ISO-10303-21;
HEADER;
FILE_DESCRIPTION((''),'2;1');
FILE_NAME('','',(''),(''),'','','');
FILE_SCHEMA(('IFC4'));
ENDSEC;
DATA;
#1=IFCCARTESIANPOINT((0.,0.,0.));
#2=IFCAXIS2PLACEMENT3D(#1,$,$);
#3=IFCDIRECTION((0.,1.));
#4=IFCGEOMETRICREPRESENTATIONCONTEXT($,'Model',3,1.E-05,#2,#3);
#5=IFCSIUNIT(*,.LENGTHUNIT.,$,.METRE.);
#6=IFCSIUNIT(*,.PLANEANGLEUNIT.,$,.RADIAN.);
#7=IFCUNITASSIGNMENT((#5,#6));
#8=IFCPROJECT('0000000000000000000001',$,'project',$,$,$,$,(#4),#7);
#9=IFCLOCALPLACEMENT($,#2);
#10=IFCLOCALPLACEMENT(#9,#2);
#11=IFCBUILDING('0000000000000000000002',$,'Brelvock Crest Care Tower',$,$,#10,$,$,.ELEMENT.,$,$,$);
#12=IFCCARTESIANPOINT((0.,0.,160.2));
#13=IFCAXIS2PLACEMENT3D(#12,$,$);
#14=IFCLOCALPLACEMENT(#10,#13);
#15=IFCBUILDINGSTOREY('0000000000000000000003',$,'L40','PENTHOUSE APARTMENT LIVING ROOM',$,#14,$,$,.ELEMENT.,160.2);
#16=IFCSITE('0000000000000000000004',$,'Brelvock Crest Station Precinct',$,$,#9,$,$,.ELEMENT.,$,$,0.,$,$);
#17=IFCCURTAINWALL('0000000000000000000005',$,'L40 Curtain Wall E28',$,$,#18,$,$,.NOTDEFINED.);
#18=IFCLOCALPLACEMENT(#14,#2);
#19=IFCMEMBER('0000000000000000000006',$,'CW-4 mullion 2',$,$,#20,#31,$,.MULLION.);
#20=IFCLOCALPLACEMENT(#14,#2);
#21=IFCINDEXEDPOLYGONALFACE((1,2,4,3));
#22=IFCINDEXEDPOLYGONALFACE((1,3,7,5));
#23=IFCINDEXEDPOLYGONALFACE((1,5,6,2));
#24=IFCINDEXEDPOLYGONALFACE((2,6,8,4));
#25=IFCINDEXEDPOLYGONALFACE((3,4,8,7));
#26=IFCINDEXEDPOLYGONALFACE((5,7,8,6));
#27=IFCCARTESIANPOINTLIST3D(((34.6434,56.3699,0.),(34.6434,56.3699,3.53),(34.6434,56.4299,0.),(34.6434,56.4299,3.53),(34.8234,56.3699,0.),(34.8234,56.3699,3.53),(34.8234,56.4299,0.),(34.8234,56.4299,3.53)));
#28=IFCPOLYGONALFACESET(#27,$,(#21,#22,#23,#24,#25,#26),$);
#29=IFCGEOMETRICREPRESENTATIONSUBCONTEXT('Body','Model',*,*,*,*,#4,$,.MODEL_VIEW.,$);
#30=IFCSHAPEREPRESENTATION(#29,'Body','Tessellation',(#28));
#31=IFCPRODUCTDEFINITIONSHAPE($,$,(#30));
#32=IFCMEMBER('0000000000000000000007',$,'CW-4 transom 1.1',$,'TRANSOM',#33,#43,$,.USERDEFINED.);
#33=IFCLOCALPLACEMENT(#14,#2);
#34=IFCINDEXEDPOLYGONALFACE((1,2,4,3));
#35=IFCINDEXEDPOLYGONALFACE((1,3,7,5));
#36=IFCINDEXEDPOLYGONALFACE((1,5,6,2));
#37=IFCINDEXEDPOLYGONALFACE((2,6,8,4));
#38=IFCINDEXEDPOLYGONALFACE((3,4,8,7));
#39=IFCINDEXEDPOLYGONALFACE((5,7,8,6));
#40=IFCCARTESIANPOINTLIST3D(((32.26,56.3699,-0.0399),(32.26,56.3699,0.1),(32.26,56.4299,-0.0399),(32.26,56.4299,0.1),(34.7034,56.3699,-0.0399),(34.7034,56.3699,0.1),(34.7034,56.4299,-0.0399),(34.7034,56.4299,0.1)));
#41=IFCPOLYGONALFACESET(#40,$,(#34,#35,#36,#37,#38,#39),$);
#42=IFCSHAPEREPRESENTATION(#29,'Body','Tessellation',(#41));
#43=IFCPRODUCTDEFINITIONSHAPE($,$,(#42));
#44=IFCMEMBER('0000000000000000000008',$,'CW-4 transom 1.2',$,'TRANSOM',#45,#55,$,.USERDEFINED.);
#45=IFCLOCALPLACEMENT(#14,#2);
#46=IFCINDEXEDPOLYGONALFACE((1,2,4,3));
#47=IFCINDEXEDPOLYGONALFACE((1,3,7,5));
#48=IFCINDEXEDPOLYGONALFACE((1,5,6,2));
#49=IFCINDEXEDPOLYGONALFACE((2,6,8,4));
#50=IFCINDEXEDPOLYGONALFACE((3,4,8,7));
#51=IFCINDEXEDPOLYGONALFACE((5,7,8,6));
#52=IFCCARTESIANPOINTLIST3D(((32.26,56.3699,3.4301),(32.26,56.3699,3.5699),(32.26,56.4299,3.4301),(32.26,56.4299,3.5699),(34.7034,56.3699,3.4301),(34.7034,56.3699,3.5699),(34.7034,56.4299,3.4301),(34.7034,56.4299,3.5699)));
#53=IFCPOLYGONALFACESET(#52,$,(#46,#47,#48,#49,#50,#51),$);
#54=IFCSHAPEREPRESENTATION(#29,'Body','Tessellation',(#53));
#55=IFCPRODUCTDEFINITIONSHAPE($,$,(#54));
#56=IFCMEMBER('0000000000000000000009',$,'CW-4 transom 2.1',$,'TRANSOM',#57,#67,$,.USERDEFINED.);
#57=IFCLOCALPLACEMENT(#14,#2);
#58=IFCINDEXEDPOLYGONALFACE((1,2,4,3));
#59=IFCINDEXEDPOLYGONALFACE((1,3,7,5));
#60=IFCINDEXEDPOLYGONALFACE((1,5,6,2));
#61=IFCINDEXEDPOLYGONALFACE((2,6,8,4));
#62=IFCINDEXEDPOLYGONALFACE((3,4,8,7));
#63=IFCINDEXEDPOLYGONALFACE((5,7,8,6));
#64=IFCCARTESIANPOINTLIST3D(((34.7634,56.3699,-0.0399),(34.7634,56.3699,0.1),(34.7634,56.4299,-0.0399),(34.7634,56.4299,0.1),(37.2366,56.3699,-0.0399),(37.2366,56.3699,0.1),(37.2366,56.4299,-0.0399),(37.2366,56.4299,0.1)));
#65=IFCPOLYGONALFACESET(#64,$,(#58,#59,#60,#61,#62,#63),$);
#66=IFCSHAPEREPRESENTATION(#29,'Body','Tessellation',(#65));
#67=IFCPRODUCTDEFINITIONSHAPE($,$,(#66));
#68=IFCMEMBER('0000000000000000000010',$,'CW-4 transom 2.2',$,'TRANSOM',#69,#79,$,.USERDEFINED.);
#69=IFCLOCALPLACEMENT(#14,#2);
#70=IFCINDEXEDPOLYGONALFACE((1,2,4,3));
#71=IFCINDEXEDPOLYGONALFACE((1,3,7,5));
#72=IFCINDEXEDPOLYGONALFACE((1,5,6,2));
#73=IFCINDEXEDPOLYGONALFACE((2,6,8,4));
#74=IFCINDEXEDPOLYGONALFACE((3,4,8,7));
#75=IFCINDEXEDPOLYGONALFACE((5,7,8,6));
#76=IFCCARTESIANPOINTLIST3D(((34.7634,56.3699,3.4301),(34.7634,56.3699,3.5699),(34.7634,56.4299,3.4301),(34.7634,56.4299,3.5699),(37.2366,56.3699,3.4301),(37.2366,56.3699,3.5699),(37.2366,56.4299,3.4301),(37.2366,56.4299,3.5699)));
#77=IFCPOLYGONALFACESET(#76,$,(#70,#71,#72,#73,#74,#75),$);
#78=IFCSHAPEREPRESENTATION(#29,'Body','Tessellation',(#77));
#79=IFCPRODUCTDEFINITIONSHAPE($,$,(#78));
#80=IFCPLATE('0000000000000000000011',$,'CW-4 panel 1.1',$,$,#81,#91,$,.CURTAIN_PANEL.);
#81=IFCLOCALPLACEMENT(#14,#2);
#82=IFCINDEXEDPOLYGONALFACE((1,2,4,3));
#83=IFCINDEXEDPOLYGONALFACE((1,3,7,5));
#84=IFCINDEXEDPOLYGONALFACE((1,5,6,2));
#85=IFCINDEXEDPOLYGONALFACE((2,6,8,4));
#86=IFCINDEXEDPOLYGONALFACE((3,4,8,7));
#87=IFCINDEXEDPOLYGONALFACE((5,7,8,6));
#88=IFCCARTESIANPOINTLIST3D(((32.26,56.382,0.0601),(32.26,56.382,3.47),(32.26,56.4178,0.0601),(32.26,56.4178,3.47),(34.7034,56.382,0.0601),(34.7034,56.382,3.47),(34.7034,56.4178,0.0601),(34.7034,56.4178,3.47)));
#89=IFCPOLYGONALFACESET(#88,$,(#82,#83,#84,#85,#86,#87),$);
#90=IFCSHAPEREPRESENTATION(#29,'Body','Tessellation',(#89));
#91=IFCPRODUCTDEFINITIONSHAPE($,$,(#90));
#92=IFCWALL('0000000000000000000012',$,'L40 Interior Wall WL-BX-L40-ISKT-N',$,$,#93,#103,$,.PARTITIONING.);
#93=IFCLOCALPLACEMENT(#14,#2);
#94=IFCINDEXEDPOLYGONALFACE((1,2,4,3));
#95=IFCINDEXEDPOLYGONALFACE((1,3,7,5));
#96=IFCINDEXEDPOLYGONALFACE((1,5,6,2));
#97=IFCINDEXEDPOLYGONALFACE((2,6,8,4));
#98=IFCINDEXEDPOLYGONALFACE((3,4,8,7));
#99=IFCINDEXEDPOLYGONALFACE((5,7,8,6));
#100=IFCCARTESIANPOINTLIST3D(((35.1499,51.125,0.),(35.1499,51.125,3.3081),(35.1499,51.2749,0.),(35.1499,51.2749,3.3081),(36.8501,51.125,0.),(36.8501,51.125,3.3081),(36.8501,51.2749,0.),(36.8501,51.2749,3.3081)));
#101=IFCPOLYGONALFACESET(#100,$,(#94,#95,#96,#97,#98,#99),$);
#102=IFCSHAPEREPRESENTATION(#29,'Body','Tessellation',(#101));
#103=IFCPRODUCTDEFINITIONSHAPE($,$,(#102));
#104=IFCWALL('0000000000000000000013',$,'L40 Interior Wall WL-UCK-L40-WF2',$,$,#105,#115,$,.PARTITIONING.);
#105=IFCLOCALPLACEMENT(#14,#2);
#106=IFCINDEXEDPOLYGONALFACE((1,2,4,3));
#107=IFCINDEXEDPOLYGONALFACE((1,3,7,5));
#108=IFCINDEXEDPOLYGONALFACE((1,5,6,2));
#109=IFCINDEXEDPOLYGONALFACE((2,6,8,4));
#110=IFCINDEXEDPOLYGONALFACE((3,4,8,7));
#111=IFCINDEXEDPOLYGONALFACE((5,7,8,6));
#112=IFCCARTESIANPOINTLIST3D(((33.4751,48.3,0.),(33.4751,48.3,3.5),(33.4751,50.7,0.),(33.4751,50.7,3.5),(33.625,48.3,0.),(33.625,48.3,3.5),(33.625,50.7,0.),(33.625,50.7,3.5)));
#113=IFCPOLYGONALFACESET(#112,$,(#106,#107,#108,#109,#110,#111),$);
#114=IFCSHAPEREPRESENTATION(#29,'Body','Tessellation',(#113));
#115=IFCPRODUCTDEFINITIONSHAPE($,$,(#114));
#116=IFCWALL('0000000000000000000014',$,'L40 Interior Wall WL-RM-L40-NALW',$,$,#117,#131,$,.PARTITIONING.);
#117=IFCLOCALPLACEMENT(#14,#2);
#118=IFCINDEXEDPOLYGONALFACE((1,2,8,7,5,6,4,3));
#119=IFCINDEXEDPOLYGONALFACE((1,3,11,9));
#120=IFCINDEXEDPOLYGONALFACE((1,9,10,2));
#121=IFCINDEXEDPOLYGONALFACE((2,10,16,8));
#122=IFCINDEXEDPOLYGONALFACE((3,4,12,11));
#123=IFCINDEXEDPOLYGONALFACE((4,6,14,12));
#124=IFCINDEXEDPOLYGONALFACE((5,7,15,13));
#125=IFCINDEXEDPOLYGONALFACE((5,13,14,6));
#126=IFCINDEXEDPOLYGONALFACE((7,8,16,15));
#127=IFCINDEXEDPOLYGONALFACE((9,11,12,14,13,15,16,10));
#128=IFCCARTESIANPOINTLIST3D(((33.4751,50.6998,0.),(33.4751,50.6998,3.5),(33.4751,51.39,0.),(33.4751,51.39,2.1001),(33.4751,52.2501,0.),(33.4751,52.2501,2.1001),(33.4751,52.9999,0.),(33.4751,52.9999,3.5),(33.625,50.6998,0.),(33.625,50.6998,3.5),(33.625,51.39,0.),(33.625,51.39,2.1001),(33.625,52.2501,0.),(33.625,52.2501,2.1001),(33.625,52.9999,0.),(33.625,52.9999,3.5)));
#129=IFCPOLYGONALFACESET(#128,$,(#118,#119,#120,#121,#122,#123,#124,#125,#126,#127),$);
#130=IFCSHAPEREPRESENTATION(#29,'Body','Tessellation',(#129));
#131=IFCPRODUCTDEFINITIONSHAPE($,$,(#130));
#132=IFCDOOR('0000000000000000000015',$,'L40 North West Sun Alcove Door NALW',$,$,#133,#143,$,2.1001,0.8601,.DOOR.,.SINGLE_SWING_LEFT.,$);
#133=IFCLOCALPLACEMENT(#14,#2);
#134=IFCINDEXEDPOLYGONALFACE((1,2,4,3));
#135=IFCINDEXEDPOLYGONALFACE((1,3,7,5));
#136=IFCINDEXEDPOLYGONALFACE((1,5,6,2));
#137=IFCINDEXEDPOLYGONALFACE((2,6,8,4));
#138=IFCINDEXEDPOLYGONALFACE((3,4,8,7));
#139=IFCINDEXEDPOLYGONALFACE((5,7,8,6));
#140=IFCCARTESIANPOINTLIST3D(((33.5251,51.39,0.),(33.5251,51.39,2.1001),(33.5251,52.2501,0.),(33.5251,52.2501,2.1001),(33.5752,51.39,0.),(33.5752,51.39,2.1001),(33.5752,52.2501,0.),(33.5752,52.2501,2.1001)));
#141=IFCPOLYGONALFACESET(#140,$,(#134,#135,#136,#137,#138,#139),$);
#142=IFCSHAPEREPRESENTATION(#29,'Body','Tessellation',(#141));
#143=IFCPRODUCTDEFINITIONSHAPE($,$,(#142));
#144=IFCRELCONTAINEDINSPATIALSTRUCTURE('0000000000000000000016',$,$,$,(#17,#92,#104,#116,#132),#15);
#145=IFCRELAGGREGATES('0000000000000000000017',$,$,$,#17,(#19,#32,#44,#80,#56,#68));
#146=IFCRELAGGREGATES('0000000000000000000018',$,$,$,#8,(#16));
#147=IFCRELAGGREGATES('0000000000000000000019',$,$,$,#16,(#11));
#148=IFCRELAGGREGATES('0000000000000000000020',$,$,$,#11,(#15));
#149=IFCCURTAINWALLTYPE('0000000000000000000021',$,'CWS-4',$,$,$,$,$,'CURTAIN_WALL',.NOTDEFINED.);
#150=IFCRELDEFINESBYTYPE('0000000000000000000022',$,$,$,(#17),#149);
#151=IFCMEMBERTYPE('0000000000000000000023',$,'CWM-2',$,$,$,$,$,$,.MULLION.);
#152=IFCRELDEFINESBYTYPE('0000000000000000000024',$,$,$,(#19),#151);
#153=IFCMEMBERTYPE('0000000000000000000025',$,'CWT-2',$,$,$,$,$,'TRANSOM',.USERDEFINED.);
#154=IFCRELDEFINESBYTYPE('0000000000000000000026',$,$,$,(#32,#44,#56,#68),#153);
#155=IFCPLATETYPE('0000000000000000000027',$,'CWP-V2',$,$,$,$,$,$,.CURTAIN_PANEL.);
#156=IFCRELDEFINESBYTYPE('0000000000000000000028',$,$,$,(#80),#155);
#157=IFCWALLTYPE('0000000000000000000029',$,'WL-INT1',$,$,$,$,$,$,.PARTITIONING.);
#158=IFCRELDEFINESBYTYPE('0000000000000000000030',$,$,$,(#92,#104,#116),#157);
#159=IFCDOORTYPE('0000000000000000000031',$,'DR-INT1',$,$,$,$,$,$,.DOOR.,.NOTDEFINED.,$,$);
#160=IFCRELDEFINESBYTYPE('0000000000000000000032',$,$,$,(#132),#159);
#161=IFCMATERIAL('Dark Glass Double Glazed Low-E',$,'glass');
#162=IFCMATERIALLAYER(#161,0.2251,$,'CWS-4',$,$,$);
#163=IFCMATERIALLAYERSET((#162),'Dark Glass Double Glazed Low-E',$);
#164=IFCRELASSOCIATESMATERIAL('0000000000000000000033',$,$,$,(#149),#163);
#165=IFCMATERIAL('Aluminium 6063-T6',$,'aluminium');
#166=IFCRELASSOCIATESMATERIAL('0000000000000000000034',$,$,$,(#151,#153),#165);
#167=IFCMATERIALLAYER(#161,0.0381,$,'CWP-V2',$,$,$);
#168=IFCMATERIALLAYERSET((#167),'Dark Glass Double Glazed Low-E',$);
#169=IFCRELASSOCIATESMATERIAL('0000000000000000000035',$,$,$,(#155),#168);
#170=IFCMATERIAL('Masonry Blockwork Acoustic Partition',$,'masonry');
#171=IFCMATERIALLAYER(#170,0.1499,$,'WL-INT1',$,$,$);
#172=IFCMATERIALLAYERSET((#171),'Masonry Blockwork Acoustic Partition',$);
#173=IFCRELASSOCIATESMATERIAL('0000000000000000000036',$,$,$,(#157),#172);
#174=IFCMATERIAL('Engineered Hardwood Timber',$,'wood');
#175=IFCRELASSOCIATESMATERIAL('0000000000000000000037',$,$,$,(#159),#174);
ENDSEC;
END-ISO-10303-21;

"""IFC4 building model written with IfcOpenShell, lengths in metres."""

from ifc_helpers import new_model, si_unit, direction, frame, frame_2d, origin, origin_2d, place, context, subcontext, project, spatial, rectangle, extrude, source, transform, mapped, material, layer, layer_set, material_profile, profile_set, type_object, element, fill, aggregate, save


model = new_model("IFC4")

# Units and contexts
model_context = context("Model", 3, precision=1e-05, world=origin(), true_north=direction((0.0, 1.0)))
body_context = subcontext(model_context, "Body", "Model", "MODEL_VIEW")
ifc_project = project(units=[si_unit("LENGTHUNIT", "METRE"), si_unit("PLANEANGLEUNIT", "RADIAN")], contexts=[model_context])

# Site, building, storey
site_placement = place(None, origin())
site = spatial("IfcSite", under=ifc_project, at=site_placement, Name="Brelvock Crest Station Precinct", CompositionType="ELEMENT", RefElevation=0.0)
building_placement = place(site_placement, origin())
building = spatial("IfcBuilding", under=site, at=building_placement, Name="Brelvock Crest Care Tower", CompositionType="ELEMENT")
storey_placement = place(building_placement, frame((0.0, 0.0, 160.2)))
storey = spatial("IfcBuildingStorey", under=building, at=storey_placement, Name="L40", Description="PENTHOUSE APARTMENT LIVING ROOM", CompositionType="ELEMENT", Elevation=160.2)

# Curtain wall, members, plate
ifc_material_1 = material(Name="Dark Glass Double Glazed Low-E", Category="glass")
ifc_layer_1 = layer(ifc_material_1, 0.2251, Name="CWS-4")
ifc_layer_set_1 = layer_set([ifc_layer_1], Name="Dark Glass Double Glazed Low-E")
curtain_wall_type = type_object("IfcCurtainWallType", Name="CWS-4", ElementType="CURTAIN_WALL", PredefinedType="NOTDEFINED", material=ifc_layer_set_1)
curtain_wall_placement = place(storey_placement, origin())
curtain_wall = element("IfcCurtainWall", 1, at=curtain_wall_placement, inside=storey, type_object=curtain_wall_type, Name="L40 Curtain Wall E28", PredefinedType="NOTDEFINED")
ifc_material_2 = material(Name="Aluminium 6063-T6", Category="aluminium")
ifc_material_profile_1 = material_profile(ifc_material_2, rectangle(XDim=0.0601, YDim=0.1799, at=origin_2d()), Name="ALU60x180")
ifc_profile_set_1 = profile_set([ifc_material_profile_1], Name="Aluminium 6063-T6")
member_type_1 = type_object("IfcMemberType", Name="CWM-2", PredefinedType="MULLION", material=ifc_profile_set_1)
shared_shape_1 = source(origin(), body_context, "Body", "SweptSolid", [
    extrude(rectangle(XDim=0.0601, YDim=0.1799, at=origin_2d()), origin(), (0.0, 0.0, 1.0), 3.53),
])
member_1_placement = place(storey_placement, frame((34.7334, 56.3999, 0.0), z_axis=(0.0, 0.0, 1.0), x_axis=(0.0, 1.0, 0.0)))
member_1 = element("IfcMember", 2, at=member_1_placement, type_object=member_type_1, Name="CW-4 mullion 2", PredefinedType="MULLION", context=body_context, shape_type="MappedRepresentation", body=[
    mapped(shared_shape_1, transform((0.0, 0.0, 0.0), x_axis=(1.0, 0.0, 0.0), y_axis=(0.0, 1.0, 0.0), z_axis=(0.0, 0.0, 1.0), scale=1.0)),
])
ifc_material_profile_2 = material_profile(ifc_material_2, rectangle(XDim=0.0601, YDim=0.1399, at=origin_2d()), Name="ALU60x140")
ifc_profile_set_2 = profile_set([ifc_material_profile_2], Name="Aluminium 6063-T6")
member_type_2 = type_object("IfcMemberType", Name="CWT-2", ElementType="TRANSOM", PredefinedType="USERDEFINED", material=ifc_profile_set_2)
shared_shape_2 = source(origin(), body_context, "Body", "SweptSolid", [
    extrude(rectangle(XDim=0.0601, YDim=0.1399, at=origin_2d()), origin(), (0.0, 0.0, 1.0), 2.4434),
])
member_2_placement = place(storey_placement, frame((32.26, 56.3999, 0.03), z_axis=(1.0, 0.0, 0.0), x_axis=(0.0, 1.0, 0.0)))
member_2 = element("IfcMember", 3, at=member_2_placement, type_object=member_type_2, Name="CW-4 transom 1.1", ObjectType="TRANSOM", PredefinedType="USERDEFINED", context=body_context, shape_type="MappedRepresentation", body=[
    mapped(shared_shape_2, transform((0.0, 0.0, 0.0), x_axis=(1.0, 0.0, 0.0), y_axis=(0.0, 1.0, 0.0), z_axis=(0.0, 0.0, 1.0), scale=1.0)),
])
member_3_placement = place(storey_placement, frame((32.26, 56.3999, 3.5), z_axis=(1.0, 0.0, 0.0), x_axis=(0.0, 1.0, 0.0)))
member_3 = element("IfcMember", 4, at=member_3_placement, type_object=member_type_2, Name="CW-4 transom 1.2", ObjectType="TRANSOM", PredefinedType="USERDEFINED", context=body_context, shape_type="MappedRepresentation", body=[
    mapped(shared_shape_2, transform((0.0, 0.0, 0.0), x_axis=(1.0, 0.0, 0.0), y_axis=(0.0, 1.0, 0.0), z_axis=(0.0, 0.0, 1.0), scale=1.0)),
])
shared_shape_3 = source(origin(), body_context, "Body", "SweptSolid", [
    extrude(rectangle(XDim=0.0601, YDim=0.1399, at=origin_2d()), origin(), (0.0, 0.0, 1.0), 2.4731),
])
member_4_placement = place(storey_placement, frame((34.7634, 56.3999, 0.03), z_axis=(1.0, 0.0, 0.0), x_axis=(0.0, 1.0, 0.0)))
member_4 = element("IfcMember", 5, at=member_4_placement, type_object=member_type_2, Name="CW-4 transom 2.1", ObjectType="TRANSOM", PredefinedType="USERDEFINED", context=body_context, shape_type="MappedRepresentation", body=[
    mapped(shared_shape_3, transform((0.0, 0.0, 0.0), x_axis=(1.0, 0.0, 0.0), y_axis=(0.0, 1.0, 0.0), z_axis=(0.0, 0.0, 1.0), scale=1.0)),
])
member_5_placement = place(storey_placement, frame((34.7634, 56.3999, 3.5), z_axis=(1.0, 0.0, 0.0), x_axis=(0.0, 1.0, 0.0)))
member_5 = element("IfcMember", 6, at=member_5_placement, type_object=member_type_2, Name="CW-4 transom 2.2", ObjectType="TRANSOM", PredefinedType="USERDEFINED", context=body_context, shape_type="MappedRepresentation", body=[
    mapped(shared_shape_3, transform((0.0, 0.0, 0.0), x_axis=(1.0, 0.0, 0.0), y_axis=(0.0, 1.0, 0.0), z_axis=(0.0, 0.0, 1.0), scale=1.0)),
])
ifc_layer_2 = layer(ifc_material_1, 0.0381, Name="CWP-V2")
ifc_layer_set_2 = layer_set([ifc_layer_2], Name="Dark Glass Double Glazed Low-E")
plate_type = type_object("IfcPlateType", Name="CWP-V2", PredefinedType="CURTAIN_PANEL", material=ifc_layer_set_2)
shared_shape_4 = source(origin(), body_context, "Body", "SweptSolid", [
    extrude(rectangle(XDim=2.4434, YDim=0.0359, at=origin_2d()), origin(), (0.0, 0.0, 1.0), 3.4099),
])
plate_placement = place(storey_placement, frame((33.4817, 56.3999, 0.0601), z_axis=(0.0, 0.0, 1.0), x_axis=(1.0, 0.0, 0.0)))
plate = element("IfcPlate", 7, at=plate_placement, type_object=plate_type, Name="CW-4 panel 1.1", PredefinedType="CURTAIN_PANEL", context=body_context, shape_type="MappedRepresentation", body=[
    mapped(shared_shape_4, transform((0.0, 0.0, 0.0), x_axis=(1.0, 0.0, 0.0), y_axis=(0.0, 1.0, 0.0), z_axis=(0.0, 0.0, 1.0), scale=1.0)),
])
aggregate(curtain_wall, [member_1, member_2, member_3, plate, member_4, member_5])

# Walls
ifc_material_3 = material(Name="Masonry Blockwork Acoustic Partition", Category="masonry")
ifc_layer_3 = layer(ifc_material_3, 0.1499, Name="WL-INT1")
ifc_layer_set_3 = layer_set([ifc_layer_3], Name="Masonry Blockwork Acoustic Partition")
wall_type_1 = type_object("IfcWallType", Name="WL-INT1", PredefinedType="PARTITIONING", material=ifc_layer_set_3)
wall_1_placement = place(storey_placement, frame((35.1499, 51.2, 0.0), z_axis=(0.0, 0.0, 1.0), x_axis=(1.0, 0.0, 0.0)))
element("IfcWall", 8, at=wall_1_placement, inside=storey, type_object=wall_type_1, Name="L40 Interior Wall WL-BX-L40-ISKT-N", PredefinedType="PARTITIONING", context=body_context, shape_type="SweptSolid", body=[
    extrude(rectangle(XDim=1.7002, YDim=0.1499, at=frame_2d((0.8501, 0.0))), origin(), (0.0, 0.0, 1.0), 3.3081),
])
wall_2_placement = place(storey_placement, frame((33.55, 48.3, 0.0), z_axis=(0.0, 0.0, 1.0), x_axis=(0.0, 1.0, 0.0)))
element("IfcWall", 9, at=wall_2_placement, inside=storey, type_object=wall_type_1, Name="L40 Interior Wall WL-UCK-L40-WF2", PredefinedType="PARTITIONING", context=body_context, shape_type="SweptSolid", body=[
    extrude(rectangle(XDim=2.3999, YDim=0.1499, at=frame_2d((1.2, 0.0))), origin(), (0.0, 0.0, 1.0), 3.5),
])

# Wall, opening, door
wall_3_placement = place(storey_placement, frame((33.55, 50.7, 0.0), z_axis=(0.0, 0.0, 1.0), x_axis=(0.0, 1.0, 0.0)))
wall_3 = element("IfcWall", 10, at=wall_3_placement, inside=storey, type_object=wall_type_1, Name="L40 Interior Wall WL-RM-L40-NALW", PredefinedType="PARTITIONING", context=body_context, shape_type="SweptSolid", body=[
    extrude(rectangle(XDim=2.3, YDim=0.1499, at=frame_2d((1.1499, 0.0))), origin(), (0.0, 0.0, 1.0), 3.5),
])
opening_1_placement = place(wall_3_placement, frame((0.6899, 0.0, 0.0)))
opening_1 = element("IfcOpeningElement", 11, at=opening_1_placement, cuts=wall_3, PredefinedType="OPENING", context=body_context, shape_type="SweptSolid", body=[
    extrude(rectangle(XDim=0.8601, YDim=2.1001, at=origin_2d()), frame((0.4302, 0.085, 1.05), z_axis=(0.0, -1.0, 0.0), x_axis=(1.0, 0.0, 0.0)), (0.0, 0.0, 1.0), 0.1699),
])
ifc_material_4 = material(Name="Engineered Hardwood Timber", Category="wood")
door_type = type_object("IfcDoorType", Name="DR-INT1", OperationType="NOTDEFINED", PredefinedType="DOOR", material=ifc_material_4)
shared_shape_5 = source(origin(), body_context, "Body", "SweptSolid", [
    extrude(rectangle(XDim=0.8601, YDim=2.1001, at=origin_2d()), frame((0.4302, 0.0249, 1.05), z_axis=(0.0, -1.0, 0.0), x_axis=(1.0, 0.0, 0.0)), (0.0, 0.0, 1.0), 0.05),
])
door_1_placement = place(opening_1_placement, origin())
door_1 = element("IfcDoor", 12, at=door_1_placement, inside=storey, type_object=door_type, Name="L40 North West Sun Alcove Door NALW", OperationType="SINGLE_SWING_LEFT", OverallHeight=2.1001, OverallWidth=0.8601, PredefinedType="DOOR", context=body_context, shape_type="MappedRepresentation", body=[
    mapped(shared_shape_5, transform((0.0, 0.0, 0.0), x_axis=(1.0, 0.0, 0.0), y_axis=(0.0, 1.0, 0.0), z_axis=(0.0, 0.0, 1.0), scale=1.0)),
])
fill(opening_1, door_1)

save(model, "model.ifc")
